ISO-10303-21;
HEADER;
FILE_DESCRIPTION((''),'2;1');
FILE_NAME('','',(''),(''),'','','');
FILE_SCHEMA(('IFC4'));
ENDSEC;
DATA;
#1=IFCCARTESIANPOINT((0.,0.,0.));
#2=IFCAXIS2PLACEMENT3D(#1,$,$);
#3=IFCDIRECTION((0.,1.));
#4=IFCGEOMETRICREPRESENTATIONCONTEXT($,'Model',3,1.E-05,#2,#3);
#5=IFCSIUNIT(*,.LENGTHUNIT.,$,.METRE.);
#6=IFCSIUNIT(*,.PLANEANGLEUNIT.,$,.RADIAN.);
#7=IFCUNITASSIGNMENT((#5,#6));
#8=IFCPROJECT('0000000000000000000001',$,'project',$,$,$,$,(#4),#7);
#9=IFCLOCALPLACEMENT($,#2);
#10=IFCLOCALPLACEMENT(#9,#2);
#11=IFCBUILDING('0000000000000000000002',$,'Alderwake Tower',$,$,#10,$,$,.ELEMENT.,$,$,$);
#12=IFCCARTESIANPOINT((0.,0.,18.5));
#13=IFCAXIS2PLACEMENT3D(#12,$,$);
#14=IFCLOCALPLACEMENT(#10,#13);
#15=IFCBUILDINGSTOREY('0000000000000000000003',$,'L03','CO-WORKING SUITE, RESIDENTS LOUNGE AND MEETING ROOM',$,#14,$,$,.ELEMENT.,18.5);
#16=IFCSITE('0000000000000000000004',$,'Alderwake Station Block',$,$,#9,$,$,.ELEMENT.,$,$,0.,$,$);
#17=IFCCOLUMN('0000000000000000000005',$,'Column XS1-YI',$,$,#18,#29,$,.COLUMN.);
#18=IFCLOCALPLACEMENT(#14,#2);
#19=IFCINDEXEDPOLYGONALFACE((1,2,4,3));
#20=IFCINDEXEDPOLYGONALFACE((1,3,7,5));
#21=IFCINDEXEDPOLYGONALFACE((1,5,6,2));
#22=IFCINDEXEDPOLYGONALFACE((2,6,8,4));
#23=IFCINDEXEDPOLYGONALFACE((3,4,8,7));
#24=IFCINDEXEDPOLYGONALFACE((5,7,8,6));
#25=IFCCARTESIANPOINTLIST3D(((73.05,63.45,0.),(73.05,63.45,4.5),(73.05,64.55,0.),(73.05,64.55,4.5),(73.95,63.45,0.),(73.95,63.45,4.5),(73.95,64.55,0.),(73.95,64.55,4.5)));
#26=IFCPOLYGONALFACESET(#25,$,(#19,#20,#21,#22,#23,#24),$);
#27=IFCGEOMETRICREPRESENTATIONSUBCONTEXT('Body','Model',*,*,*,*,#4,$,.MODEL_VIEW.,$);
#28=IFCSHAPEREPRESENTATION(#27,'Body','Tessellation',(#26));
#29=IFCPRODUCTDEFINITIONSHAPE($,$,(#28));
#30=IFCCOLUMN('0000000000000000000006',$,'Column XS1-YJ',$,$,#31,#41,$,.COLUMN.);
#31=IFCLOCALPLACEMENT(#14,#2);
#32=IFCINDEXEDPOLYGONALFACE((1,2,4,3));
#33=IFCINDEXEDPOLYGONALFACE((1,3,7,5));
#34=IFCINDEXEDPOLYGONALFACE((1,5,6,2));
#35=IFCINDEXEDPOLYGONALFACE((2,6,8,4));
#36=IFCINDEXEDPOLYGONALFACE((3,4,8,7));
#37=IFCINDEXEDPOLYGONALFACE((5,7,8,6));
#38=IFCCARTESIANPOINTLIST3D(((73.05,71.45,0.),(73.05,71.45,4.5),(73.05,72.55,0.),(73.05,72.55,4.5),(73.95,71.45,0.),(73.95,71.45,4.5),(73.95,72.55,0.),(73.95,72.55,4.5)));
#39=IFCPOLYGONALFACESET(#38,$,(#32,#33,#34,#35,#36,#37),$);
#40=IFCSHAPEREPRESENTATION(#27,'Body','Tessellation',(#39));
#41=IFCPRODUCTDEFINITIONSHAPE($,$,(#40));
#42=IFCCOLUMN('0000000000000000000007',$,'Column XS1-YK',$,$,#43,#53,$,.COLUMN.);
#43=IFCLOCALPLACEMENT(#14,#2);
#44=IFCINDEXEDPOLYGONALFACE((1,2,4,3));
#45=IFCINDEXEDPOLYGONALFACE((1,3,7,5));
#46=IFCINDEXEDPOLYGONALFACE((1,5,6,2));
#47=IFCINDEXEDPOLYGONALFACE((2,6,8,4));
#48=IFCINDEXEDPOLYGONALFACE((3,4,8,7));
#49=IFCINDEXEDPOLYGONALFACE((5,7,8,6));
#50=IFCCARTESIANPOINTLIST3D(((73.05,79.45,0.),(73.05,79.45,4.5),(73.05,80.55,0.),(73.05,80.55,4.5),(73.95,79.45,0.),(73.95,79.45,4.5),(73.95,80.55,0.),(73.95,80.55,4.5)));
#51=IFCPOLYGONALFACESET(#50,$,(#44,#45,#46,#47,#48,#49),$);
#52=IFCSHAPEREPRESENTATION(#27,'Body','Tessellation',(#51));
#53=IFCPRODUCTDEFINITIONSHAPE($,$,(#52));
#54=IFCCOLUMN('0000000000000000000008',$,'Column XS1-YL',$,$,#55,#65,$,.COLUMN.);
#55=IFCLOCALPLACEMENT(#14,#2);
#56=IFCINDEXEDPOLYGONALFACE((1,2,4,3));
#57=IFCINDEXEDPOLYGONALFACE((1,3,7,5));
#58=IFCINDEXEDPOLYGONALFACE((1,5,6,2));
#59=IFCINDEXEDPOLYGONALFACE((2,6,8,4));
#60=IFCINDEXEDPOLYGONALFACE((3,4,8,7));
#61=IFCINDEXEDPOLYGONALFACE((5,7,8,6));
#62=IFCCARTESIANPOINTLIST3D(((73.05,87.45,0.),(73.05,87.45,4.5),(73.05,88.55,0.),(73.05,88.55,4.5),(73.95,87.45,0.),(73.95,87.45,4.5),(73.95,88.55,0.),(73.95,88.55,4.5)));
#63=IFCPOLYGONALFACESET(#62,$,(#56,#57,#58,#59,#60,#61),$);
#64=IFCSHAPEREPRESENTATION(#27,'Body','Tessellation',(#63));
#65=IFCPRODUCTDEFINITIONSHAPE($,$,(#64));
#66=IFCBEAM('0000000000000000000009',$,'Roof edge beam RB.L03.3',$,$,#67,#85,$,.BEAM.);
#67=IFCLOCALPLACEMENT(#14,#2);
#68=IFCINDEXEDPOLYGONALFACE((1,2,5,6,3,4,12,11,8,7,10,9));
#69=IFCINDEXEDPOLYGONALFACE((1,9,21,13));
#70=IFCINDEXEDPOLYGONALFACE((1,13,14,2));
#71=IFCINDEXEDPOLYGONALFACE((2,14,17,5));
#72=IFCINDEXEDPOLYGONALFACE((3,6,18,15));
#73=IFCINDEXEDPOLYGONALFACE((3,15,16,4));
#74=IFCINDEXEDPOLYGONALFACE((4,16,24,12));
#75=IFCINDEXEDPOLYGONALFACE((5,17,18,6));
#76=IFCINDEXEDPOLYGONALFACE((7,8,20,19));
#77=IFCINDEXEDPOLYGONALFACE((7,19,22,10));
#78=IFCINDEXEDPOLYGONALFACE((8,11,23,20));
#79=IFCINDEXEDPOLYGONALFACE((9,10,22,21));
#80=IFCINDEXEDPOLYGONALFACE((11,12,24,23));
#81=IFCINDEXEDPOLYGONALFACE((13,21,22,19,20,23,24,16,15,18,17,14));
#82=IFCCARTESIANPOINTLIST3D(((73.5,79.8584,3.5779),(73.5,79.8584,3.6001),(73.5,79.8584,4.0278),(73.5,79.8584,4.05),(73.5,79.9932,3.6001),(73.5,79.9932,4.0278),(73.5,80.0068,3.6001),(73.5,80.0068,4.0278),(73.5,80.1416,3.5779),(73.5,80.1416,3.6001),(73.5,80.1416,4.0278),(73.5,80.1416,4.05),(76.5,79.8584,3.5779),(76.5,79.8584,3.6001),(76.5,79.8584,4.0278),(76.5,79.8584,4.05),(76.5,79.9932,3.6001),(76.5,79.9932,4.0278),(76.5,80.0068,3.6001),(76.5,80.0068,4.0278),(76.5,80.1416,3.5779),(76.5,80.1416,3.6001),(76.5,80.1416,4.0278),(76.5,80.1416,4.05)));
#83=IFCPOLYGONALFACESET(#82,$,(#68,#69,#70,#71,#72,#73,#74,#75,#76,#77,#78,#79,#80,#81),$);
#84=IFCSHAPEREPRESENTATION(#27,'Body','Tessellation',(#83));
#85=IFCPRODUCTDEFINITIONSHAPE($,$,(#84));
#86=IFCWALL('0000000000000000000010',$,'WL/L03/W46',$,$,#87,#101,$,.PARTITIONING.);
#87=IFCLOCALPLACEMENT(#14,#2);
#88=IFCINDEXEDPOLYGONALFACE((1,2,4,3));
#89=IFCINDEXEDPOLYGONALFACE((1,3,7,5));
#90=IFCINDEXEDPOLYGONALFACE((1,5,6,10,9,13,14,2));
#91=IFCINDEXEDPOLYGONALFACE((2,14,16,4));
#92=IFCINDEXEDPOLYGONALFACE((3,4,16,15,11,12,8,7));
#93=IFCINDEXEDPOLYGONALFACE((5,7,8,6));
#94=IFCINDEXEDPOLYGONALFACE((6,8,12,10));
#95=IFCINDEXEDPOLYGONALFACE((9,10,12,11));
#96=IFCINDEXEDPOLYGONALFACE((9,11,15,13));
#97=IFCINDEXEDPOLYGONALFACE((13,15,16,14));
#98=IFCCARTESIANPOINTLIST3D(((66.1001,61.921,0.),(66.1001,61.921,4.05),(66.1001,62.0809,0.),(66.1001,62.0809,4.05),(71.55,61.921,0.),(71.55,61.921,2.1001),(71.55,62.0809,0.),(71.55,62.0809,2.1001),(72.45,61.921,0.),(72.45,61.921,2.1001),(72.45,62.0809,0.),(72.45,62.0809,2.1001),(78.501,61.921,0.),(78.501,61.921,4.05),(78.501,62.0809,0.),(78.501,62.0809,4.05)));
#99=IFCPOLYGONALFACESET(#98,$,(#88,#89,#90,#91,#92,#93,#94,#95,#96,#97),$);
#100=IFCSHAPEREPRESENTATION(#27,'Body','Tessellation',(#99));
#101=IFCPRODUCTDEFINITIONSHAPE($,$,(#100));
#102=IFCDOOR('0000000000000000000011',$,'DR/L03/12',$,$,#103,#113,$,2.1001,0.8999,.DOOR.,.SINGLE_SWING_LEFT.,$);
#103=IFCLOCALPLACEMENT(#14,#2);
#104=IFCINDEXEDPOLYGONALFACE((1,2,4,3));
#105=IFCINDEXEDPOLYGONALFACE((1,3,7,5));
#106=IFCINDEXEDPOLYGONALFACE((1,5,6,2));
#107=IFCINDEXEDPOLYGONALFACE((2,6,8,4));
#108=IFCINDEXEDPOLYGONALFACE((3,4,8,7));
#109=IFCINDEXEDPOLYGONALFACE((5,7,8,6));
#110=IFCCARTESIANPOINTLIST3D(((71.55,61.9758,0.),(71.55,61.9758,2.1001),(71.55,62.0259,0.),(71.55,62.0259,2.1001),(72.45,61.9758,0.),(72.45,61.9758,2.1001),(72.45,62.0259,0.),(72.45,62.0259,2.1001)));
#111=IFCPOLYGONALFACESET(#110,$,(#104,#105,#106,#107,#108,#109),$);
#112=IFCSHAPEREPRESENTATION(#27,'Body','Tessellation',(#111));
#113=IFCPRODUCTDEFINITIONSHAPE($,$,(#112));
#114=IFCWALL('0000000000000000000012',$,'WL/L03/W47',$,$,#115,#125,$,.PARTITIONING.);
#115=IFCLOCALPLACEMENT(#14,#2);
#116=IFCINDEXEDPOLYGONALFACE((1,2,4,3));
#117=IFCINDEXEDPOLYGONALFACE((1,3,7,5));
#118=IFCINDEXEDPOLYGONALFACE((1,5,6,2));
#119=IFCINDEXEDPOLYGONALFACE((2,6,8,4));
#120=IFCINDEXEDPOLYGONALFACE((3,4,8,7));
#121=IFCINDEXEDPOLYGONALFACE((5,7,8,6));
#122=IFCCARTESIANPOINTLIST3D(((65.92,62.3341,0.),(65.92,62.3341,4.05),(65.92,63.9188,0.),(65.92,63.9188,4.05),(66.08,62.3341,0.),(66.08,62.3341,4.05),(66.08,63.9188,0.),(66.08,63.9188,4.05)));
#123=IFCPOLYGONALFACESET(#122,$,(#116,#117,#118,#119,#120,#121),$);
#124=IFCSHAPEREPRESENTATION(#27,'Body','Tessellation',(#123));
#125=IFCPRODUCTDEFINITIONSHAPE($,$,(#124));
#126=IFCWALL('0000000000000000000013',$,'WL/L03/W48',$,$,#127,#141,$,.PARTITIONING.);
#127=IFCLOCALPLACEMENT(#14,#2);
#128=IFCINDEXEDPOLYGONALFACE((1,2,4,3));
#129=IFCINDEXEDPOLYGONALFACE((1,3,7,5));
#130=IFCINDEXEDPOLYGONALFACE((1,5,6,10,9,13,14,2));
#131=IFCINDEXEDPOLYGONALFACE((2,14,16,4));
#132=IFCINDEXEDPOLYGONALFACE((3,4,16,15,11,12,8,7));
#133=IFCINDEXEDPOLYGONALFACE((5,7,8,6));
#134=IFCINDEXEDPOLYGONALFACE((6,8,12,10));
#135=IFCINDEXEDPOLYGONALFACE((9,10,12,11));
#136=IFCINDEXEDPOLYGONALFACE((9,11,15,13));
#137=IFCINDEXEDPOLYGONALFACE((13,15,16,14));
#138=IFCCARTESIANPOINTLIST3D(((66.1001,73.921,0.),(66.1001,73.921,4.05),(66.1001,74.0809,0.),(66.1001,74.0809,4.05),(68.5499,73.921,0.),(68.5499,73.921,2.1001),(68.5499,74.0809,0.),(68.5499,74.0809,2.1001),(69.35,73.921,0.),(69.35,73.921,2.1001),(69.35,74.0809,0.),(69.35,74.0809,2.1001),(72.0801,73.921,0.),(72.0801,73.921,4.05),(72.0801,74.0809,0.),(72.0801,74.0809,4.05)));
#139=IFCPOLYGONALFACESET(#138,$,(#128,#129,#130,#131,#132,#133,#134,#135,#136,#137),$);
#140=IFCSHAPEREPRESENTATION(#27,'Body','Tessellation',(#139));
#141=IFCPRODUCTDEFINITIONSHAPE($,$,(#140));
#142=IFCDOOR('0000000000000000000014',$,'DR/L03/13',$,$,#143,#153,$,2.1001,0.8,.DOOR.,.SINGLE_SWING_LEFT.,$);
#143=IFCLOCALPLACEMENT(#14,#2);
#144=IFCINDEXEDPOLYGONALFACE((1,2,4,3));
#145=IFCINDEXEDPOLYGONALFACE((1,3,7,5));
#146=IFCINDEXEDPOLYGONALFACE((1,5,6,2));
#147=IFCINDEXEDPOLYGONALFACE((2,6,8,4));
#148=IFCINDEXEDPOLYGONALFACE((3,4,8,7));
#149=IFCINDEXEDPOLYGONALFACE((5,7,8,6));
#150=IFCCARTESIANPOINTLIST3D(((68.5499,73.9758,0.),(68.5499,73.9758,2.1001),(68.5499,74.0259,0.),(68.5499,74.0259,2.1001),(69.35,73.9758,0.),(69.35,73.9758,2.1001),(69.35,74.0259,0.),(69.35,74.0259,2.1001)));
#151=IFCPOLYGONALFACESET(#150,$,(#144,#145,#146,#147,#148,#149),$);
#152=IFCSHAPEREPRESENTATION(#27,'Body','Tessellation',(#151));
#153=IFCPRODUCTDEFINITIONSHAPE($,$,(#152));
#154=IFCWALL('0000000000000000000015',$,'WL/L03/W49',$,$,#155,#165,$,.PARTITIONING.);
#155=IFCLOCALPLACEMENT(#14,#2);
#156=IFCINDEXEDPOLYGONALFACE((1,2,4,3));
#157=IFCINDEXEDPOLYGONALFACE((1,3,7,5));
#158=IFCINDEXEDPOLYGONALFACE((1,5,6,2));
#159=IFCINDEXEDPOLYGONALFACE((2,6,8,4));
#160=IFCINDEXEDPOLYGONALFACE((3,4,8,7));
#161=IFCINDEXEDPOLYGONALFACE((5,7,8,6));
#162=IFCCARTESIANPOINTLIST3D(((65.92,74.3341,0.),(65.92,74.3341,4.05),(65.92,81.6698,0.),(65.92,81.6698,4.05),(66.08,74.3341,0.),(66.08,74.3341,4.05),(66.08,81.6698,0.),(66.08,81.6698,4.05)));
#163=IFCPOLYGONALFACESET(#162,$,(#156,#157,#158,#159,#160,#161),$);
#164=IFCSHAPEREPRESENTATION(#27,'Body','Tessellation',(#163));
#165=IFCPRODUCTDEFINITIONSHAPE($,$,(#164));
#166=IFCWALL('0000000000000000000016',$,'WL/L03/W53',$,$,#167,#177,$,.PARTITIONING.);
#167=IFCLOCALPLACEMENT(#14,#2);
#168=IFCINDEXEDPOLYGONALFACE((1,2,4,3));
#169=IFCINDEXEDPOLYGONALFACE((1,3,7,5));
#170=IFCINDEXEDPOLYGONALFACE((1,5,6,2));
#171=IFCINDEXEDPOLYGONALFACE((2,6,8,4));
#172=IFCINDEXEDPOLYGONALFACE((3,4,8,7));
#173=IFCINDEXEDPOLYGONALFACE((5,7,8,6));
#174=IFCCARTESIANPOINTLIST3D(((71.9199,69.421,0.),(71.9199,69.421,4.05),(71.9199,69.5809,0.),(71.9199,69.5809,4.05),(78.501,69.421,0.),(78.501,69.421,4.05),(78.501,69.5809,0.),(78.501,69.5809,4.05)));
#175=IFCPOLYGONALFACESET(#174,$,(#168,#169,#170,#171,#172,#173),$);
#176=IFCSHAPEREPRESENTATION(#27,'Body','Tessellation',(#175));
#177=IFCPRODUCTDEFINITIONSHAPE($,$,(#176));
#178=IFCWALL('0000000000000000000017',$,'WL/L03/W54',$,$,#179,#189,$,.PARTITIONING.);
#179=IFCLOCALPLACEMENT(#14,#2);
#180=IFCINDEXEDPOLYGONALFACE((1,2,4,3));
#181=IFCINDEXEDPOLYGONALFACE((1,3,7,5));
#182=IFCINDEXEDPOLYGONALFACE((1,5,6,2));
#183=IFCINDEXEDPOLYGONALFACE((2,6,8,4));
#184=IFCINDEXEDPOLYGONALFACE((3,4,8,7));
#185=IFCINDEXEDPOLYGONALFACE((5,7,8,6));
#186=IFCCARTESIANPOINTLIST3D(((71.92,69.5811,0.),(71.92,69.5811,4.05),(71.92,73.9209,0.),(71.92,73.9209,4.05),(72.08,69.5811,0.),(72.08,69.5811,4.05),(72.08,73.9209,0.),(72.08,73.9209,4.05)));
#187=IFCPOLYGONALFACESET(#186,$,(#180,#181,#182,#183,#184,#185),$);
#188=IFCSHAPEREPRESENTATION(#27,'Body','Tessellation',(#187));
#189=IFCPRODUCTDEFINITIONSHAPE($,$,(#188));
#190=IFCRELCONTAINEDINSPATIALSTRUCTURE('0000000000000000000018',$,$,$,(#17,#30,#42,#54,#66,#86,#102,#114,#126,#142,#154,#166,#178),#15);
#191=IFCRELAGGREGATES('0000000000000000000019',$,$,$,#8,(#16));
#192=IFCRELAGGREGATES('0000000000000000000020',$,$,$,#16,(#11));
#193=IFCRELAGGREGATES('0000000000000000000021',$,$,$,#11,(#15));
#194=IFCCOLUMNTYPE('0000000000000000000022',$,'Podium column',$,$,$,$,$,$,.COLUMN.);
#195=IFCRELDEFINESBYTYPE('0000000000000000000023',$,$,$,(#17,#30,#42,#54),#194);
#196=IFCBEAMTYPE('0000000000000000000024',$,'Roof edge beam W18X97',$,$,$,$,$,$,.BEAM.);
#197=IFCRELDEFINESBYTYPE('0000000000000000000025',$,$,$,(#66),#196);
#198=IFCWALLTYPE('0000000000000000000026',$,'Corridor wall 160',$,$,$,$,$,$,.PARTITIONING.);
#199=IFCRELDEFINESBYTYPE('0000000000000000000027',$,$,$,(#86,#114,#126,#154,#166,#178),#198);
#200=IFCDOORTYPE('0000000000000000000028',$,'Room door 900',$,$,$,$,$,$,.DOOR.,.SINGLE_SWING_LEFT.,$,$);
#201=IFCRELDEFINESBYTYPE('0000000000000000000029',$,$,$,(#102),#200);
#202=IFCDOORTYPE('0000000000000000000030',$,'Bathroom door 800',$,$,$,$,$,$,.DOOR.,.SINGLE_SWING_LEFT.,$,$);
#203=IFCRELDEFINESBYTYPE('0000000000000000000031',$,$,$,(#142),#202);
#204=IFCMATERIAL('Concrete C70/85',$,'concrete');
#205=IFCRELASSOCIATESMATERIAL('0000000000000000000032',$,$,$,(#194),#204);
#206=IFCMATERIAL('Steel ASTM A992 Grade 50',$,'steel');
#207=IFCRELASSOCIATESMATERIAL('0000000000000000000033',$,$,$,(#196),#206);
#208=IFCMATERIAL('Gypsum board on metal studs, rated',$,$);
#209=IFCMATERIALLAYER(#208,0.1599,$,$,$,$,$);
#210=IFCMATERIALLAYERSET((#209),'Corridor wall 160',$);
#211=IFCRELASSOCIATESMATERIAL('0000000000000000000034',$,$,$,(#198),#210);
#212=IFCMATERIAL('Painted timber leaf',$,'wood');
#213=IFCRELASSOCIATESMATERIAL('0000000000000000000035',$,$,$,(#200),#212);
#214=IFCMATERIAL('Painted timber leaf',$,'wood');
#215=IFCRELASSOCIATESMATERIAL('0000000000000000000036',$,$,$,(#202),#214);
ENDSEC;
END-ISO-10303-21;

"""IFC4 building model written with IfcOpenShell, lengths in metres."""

from ifc_helpers import new_model, si_unit, direction, frame, frame_2d, origin, origin_2d, place, context, subcontext, project, spatial, rectangle, i_section, extrude, material, layer, layer_set, material_profile, profile_set, type_object, element, fill, save


model = new_model("IFC4")

# Units and contexts
model_context = context("Model", 3, precision=1e-05, world=origin(), true_north=direction((0.0, 1.0)))
body_context = subcontext(model_context, "Body", "Model", "MODEL_VIEW")
ifc_project = project(units=[si_unit("LENGTHUNIT", "METRE"), si_unit("PLANEANGLEUNIT", "RADIAN")], contexts=[model_context])

# Site, building, storey
site_placement = place(None, origin())
site = spatial("IfcSite", under=ifc_project, at=site_placement, Name="Alderwake Station Block", CompositionType="ELEMENT", RefElevation=0.0)
building_placement = place(site_placement, origin())
building = spatial("IfcBuilding", under=site, at=building_placement, Name="Alderwake Tower", CompositionType="ELEMENT")
storey_placement = place(building_placement, frame((0.0, 0.0, 18.5)))
storey = spatial("IfcBuildingStorey", under=building, at=storey_placement, Name="L03", Description="CO-WORKING SUITE, RESIDENTS LOUNGE AND MEETING ROOM", CompositionType="ELEMENT", Elevation=18.5)

# Columns
ifc_material_1 = material(Name="Concrete C70/85", Category="concrete")
ifc_material_profile_1 = material_profile(ifc_material_1, rectangle(XDim=0.8999, YDim=1.1001, at=origin_2d()), Name="RC 1100X900")
ifc_profile_set_1 = profile_set([ifc_material_profile_1], Name="Concrete C70/85")
column_type = type_object("IfcColumnType", Name="Podium column", PredefinedType="COLUMN", material=ifc_profile_set_1)
for number, where, z_axis, x_axis, name in (
    (1, (73.5, 64.0, 0.0), (0.0, 0.0, 1.0), (1.0, 0.0, 0.0), "Column XS1-YI"),
    (2, (73.5, 72.0, 0.0), (0.0, 0.0, 1.0), (1.0, 0.0, 0.0), "Column XS1-YJ"),
    (3, (73.5, 80.0, 0.0), (0.0, 0.0, 1.0), (1.0, 0.0, 0.0), "Column XS1-YK"),
    (4, (73.5, 88.0, 0.0), (0.0, 0.0, 1.0), (1.0, 0.0, 0.0), "Column XS1-YL"),
):
    element("IfcColumn", number, at=place(storey_placement, frame(where, z_axis=z_axis, x_axis=x_axis)), inside=storey, type_object=column_type, Name=name, PredefinedType="COLUMN", context=body_context, shape_type="SweptSolid", body=[
        extrude(rectangle(XDim=0.8999, YDim=1.1001, at=origin_2d()), origin(), (0.0, 0.0, 1.0), 4.5),
    ])

# Beam
ifc_material_2 = material(Name="Steel ASTM A992 Grade 50", Category="steel")
ifc_material_profile_2 = material_profile(ifc_material_2, i_section(OverallWidth=0.2832, OverallDepth=0.4722, WebThickness=0.0137, FlangeThickness=0.0222, at=origin_2d()), Name="W18X97")
ifc_profile_set_2 = profile_set([ifc_material_profile_2], Name="Steel ASTM A992 Grade 50")
beam_type = type_object("IfcBeamType", Name="Roof edge beam W18X97", PredefinedType="BEAM", material=ifc_profile_set_2)
beam_placement = place(storey_placement, frame((73.5, 80.0, 3.814), z_axis=(1.0, 0.0, 0.0), x_axis=(0.0, 1.0, 0.0)))
element("IfcBeam", 5, at=beam_placement, inside=storey, type_object=beam_type, Name="Roof edge beam RB.L03.3", PredefinedType="BEAM", context=body_context, shape_type="SweptSolid", body=[
    extrude(i_section(OverallWidth=0.2832, OverallDepth=0.4722, WebThickness=0.0137, FlangeThickness=0.0222, at=origin_2d()), origin(), (0.0, 0.0, 1.0), 3.0),
])

# Wall, opening, door
ifc_material_3 = material(Name="Gypsum board on metal studs, rated")
ifc_layer_1 = layer(ifc_material_3, 0.1599)
ifc_layer_set_1 = layer_set([ifc_layer_1], Name="Corridor wall 160")
wall_type_1 = type_object("IfcWallType", Name="Corridor wall 160", PredefinedType="PARTITIONING", material=ifc_layer_set_1)
wall_1_placement = place(storey_placement, frame((66.1001, 62.001, 0.0), z_axis=(0.0, 0.0, 1.0), x_axis=(1.0, 0.0, 0.0)))
wall_1 = element("IfcWall", 6, at=wall_1_placement, inside=storey, type_object=wall_type_1, Name="WL/L03/W46", PredefinedType="PARTITIONING", context=body_context, shape_type="SweptSolid", body=[
    extrude(rectangle(XDim=12.4009, YDim=0.1599, at=frame_2d((6.2004, 0.0))), origin(), (0.0, 0.0, 1.0), 4.05),
])
opening_1_placement = place(wall_1_placement, frame((5.45, 0.0, 0.0)))
opening_1 = element("IfcOpeningElement", 7, at=opening_1_placement, cuts=wall_1, PredefinedType="OPENING", context=body_context, shape_type="SweptSolid", body=[
    extrude(rectangle(XDim=0.8999, YDim=2.1001, at=frame_2d((0.45, 1.05))), frame((0.0, 0.0898, 0.0), z_axis=(0.0, -1.0, 0.0), x_axis=(1.0, 0.0, 0.0)), (0.0, 0.0, 1.0), 0.1799),
])
ifc_material_4 = material(Name="Painted timber leaf", Category="wood")
door_type_1 = type_object("IfcDoorType", Name="Room door 900", OperationType="SINGLE_SWING_LEFT", PredefinedType="DOOR", material=ifc_material_4)
door_1_placement = place(opening_1_placement, origin())
door_1 = element("IfcDoor", 8, at=door_1_placement, inside=storey, type_object=door_type_1, Name="DR/L03/12", OperationType="SINGLE_SWING_LEFT", OverallHeight=2.1001, OverallWidth=0.8999, PredefinedType="DOOR", context=body_context, shape_type="SweptSolid", body=[
    extrude(rectangle(XDim=0.8999, YDim=2.1001, at=frame_2d((0.45, 1.05))), frame((0.0, 0.0249, 0.0), z_axis=(0.0, -1.0, 0.0), x_axis=(1.0, 0.0, 0.0)), (0.0, 0.0, 1.0), 0.05),
])
fill(opening_1, door_1)

# Wall
wall_2_placement = place(storey_placement, frame((66.0, 63.9189, 0.0), z_axis=(0.0, 0.0, 1.0), x_axis=(0.0, -1.0, 0.0)))
element("IfcWall", 9, at=wall_2_placement, inside=storey, type_object=wall_type_1, Name="WL/L03/W47", PredefinedType="PARTITIONING", context=body_context, shape_type="SweptSolid", body=[
    extrude(rectangle(XDim=1.5847, YDim=0.1599, at=frame_2d((0.7925, 0.0))), origin(), (0.0, 0.0, 1.0), 4.05),
])

# Wall, opening, door
wall_3_placement = place(storey_placement, frame((66.1001, 74.001, 0.0), z_axis=(0.0, 0.0, 1.0), x_axis=(1.0, 0.0, 0.0)))
wall_3 = element("IfcWall", 10, at=wall_3_placement, inside=storey, type_object=wall_type_1, Name="WL/L03/W48", PredefinedType="PARTITIONING", context=body_context, shape_type="SweptSolid", body=[
    extrude(rectangle(XDim=5.98, YDim=0.1599, at=frame_2d((2.99, 0.0))), origin(), (0.0, 0.0, 1.0), 4.05),
])
opening_2_placement = place(wall_3_placement, frame((2.45, 0.0, 0.0)))
opening_2 = element("IfcOpeningElement", 11, at=opening_2_placement, cuts=wall_3, PredefinedType="OPENING", context=body_context, shape_type="SweptSolid", body=[
    extrude(rectangle(XDim=0.8, YDim=2.1001, at=frame_2d((0.3999, 1.05))), frame((0.0, 0.0898, 0.0), z_axis=(0.0, -1.0, 0.0), x_axis=(1.0, 0.0, 0.0)), (0.0, 0.0, 1.0), 0.1799),
])
ifc_material_5 = material(Name="Painted timber leaf", Category="wood")
door_type_2 = type_object("IfcDoorType", Name="Bathroom door 800", OperationType="SINGLE_SWING_LEFT", PredefinedType="DOOR", material=ifc_material_5)
door_2_placement = place(opening_2_placement, origin())
door_2 = element("IfcDoor", 12, at=door_2_placement, inside=storey, type_object=door_type_2, Name="DR/L03/13", OperationType="SINGLE_SWING_LEFT", OverallHeight=2.1001, OverallWidth=0.8, PredefinedType="DOOR", context=body_context, shape_type="SweptSolid", body=[
    extrude(rectangle(XDim=0.8, YDim=2.1001, at=frame_2d((0.3999, 1.05))), frame((0.0, 0.0249, 0.0), z_axis=(0.0, -1.0, 0.0), x_axis=(1.0, 0.0, 0.0)), (0.0, 0.0, 1.0), 0.05),
])
fill(opening_2, door_2)

# Walls
wall_4_placement = place(storey_placement, frame((66.0, 81.6699, 0.0), z_axis=(0.0, 0.0, 1.0), x_axis=(0.0, -1.0, 0.0)))
element("IfcWall", 13, at=wall_4_placement, inside=storey, type_object=wall_type_1, Name="WL/L03/W49", PredefinedType="PARTITIONING", context=body_context, shape_type="SweptSolid", body=[
    extrude(rectangle(XDim=7.3357, YDim=0.1599, at=frame_2d((3.668, 0.0))), origin(), (0.0, 0.0, 1.0), 4.05),
])
wall_5_placement = place(storey_placement, frame((71.9199, 69.501, 0.0), z_axis=(0.0, 0.0, 1.0), x_axis=(1.0, 0.0, 0.0)))
element("IfcWall", 14, at=wall_5_placement, inside=storey, type_object=wall_type_1, Name="WL/L03/W53", PredefinedType="PARTITIONING", context=body_context, shape_type="SweptSolid", body=[
    extrude(rectangle(XDim=6.5811, YDim=0.1599, at=frame_2d((3.2905, 0.0))), origin(), (0.0, 0.0, 1.0), 4.05),
])
wall_6_placement = place(storey_placement, frame((72.0, 73.9209, 0.0), z_axis=(0.0, 0.0, 1.0), x_axis=(0.0, -1.0, 0.0)))
element("IfcWall", 15, at=wall_6_placement, inside=storey, type_object=wall_type_1, Name="WL/L03/W54", PredefinedType="PARTITIONING", context=body_context, shape_type="SweptSolid", body=[
    extrude(rectangle(XDim=4.3398, YDim=0.1599, at=frame_2d((2.1699, 0.0))), origin(), (0.0, 0.0, 1.0), 4.05),
])

save(model, "model.ifc")
